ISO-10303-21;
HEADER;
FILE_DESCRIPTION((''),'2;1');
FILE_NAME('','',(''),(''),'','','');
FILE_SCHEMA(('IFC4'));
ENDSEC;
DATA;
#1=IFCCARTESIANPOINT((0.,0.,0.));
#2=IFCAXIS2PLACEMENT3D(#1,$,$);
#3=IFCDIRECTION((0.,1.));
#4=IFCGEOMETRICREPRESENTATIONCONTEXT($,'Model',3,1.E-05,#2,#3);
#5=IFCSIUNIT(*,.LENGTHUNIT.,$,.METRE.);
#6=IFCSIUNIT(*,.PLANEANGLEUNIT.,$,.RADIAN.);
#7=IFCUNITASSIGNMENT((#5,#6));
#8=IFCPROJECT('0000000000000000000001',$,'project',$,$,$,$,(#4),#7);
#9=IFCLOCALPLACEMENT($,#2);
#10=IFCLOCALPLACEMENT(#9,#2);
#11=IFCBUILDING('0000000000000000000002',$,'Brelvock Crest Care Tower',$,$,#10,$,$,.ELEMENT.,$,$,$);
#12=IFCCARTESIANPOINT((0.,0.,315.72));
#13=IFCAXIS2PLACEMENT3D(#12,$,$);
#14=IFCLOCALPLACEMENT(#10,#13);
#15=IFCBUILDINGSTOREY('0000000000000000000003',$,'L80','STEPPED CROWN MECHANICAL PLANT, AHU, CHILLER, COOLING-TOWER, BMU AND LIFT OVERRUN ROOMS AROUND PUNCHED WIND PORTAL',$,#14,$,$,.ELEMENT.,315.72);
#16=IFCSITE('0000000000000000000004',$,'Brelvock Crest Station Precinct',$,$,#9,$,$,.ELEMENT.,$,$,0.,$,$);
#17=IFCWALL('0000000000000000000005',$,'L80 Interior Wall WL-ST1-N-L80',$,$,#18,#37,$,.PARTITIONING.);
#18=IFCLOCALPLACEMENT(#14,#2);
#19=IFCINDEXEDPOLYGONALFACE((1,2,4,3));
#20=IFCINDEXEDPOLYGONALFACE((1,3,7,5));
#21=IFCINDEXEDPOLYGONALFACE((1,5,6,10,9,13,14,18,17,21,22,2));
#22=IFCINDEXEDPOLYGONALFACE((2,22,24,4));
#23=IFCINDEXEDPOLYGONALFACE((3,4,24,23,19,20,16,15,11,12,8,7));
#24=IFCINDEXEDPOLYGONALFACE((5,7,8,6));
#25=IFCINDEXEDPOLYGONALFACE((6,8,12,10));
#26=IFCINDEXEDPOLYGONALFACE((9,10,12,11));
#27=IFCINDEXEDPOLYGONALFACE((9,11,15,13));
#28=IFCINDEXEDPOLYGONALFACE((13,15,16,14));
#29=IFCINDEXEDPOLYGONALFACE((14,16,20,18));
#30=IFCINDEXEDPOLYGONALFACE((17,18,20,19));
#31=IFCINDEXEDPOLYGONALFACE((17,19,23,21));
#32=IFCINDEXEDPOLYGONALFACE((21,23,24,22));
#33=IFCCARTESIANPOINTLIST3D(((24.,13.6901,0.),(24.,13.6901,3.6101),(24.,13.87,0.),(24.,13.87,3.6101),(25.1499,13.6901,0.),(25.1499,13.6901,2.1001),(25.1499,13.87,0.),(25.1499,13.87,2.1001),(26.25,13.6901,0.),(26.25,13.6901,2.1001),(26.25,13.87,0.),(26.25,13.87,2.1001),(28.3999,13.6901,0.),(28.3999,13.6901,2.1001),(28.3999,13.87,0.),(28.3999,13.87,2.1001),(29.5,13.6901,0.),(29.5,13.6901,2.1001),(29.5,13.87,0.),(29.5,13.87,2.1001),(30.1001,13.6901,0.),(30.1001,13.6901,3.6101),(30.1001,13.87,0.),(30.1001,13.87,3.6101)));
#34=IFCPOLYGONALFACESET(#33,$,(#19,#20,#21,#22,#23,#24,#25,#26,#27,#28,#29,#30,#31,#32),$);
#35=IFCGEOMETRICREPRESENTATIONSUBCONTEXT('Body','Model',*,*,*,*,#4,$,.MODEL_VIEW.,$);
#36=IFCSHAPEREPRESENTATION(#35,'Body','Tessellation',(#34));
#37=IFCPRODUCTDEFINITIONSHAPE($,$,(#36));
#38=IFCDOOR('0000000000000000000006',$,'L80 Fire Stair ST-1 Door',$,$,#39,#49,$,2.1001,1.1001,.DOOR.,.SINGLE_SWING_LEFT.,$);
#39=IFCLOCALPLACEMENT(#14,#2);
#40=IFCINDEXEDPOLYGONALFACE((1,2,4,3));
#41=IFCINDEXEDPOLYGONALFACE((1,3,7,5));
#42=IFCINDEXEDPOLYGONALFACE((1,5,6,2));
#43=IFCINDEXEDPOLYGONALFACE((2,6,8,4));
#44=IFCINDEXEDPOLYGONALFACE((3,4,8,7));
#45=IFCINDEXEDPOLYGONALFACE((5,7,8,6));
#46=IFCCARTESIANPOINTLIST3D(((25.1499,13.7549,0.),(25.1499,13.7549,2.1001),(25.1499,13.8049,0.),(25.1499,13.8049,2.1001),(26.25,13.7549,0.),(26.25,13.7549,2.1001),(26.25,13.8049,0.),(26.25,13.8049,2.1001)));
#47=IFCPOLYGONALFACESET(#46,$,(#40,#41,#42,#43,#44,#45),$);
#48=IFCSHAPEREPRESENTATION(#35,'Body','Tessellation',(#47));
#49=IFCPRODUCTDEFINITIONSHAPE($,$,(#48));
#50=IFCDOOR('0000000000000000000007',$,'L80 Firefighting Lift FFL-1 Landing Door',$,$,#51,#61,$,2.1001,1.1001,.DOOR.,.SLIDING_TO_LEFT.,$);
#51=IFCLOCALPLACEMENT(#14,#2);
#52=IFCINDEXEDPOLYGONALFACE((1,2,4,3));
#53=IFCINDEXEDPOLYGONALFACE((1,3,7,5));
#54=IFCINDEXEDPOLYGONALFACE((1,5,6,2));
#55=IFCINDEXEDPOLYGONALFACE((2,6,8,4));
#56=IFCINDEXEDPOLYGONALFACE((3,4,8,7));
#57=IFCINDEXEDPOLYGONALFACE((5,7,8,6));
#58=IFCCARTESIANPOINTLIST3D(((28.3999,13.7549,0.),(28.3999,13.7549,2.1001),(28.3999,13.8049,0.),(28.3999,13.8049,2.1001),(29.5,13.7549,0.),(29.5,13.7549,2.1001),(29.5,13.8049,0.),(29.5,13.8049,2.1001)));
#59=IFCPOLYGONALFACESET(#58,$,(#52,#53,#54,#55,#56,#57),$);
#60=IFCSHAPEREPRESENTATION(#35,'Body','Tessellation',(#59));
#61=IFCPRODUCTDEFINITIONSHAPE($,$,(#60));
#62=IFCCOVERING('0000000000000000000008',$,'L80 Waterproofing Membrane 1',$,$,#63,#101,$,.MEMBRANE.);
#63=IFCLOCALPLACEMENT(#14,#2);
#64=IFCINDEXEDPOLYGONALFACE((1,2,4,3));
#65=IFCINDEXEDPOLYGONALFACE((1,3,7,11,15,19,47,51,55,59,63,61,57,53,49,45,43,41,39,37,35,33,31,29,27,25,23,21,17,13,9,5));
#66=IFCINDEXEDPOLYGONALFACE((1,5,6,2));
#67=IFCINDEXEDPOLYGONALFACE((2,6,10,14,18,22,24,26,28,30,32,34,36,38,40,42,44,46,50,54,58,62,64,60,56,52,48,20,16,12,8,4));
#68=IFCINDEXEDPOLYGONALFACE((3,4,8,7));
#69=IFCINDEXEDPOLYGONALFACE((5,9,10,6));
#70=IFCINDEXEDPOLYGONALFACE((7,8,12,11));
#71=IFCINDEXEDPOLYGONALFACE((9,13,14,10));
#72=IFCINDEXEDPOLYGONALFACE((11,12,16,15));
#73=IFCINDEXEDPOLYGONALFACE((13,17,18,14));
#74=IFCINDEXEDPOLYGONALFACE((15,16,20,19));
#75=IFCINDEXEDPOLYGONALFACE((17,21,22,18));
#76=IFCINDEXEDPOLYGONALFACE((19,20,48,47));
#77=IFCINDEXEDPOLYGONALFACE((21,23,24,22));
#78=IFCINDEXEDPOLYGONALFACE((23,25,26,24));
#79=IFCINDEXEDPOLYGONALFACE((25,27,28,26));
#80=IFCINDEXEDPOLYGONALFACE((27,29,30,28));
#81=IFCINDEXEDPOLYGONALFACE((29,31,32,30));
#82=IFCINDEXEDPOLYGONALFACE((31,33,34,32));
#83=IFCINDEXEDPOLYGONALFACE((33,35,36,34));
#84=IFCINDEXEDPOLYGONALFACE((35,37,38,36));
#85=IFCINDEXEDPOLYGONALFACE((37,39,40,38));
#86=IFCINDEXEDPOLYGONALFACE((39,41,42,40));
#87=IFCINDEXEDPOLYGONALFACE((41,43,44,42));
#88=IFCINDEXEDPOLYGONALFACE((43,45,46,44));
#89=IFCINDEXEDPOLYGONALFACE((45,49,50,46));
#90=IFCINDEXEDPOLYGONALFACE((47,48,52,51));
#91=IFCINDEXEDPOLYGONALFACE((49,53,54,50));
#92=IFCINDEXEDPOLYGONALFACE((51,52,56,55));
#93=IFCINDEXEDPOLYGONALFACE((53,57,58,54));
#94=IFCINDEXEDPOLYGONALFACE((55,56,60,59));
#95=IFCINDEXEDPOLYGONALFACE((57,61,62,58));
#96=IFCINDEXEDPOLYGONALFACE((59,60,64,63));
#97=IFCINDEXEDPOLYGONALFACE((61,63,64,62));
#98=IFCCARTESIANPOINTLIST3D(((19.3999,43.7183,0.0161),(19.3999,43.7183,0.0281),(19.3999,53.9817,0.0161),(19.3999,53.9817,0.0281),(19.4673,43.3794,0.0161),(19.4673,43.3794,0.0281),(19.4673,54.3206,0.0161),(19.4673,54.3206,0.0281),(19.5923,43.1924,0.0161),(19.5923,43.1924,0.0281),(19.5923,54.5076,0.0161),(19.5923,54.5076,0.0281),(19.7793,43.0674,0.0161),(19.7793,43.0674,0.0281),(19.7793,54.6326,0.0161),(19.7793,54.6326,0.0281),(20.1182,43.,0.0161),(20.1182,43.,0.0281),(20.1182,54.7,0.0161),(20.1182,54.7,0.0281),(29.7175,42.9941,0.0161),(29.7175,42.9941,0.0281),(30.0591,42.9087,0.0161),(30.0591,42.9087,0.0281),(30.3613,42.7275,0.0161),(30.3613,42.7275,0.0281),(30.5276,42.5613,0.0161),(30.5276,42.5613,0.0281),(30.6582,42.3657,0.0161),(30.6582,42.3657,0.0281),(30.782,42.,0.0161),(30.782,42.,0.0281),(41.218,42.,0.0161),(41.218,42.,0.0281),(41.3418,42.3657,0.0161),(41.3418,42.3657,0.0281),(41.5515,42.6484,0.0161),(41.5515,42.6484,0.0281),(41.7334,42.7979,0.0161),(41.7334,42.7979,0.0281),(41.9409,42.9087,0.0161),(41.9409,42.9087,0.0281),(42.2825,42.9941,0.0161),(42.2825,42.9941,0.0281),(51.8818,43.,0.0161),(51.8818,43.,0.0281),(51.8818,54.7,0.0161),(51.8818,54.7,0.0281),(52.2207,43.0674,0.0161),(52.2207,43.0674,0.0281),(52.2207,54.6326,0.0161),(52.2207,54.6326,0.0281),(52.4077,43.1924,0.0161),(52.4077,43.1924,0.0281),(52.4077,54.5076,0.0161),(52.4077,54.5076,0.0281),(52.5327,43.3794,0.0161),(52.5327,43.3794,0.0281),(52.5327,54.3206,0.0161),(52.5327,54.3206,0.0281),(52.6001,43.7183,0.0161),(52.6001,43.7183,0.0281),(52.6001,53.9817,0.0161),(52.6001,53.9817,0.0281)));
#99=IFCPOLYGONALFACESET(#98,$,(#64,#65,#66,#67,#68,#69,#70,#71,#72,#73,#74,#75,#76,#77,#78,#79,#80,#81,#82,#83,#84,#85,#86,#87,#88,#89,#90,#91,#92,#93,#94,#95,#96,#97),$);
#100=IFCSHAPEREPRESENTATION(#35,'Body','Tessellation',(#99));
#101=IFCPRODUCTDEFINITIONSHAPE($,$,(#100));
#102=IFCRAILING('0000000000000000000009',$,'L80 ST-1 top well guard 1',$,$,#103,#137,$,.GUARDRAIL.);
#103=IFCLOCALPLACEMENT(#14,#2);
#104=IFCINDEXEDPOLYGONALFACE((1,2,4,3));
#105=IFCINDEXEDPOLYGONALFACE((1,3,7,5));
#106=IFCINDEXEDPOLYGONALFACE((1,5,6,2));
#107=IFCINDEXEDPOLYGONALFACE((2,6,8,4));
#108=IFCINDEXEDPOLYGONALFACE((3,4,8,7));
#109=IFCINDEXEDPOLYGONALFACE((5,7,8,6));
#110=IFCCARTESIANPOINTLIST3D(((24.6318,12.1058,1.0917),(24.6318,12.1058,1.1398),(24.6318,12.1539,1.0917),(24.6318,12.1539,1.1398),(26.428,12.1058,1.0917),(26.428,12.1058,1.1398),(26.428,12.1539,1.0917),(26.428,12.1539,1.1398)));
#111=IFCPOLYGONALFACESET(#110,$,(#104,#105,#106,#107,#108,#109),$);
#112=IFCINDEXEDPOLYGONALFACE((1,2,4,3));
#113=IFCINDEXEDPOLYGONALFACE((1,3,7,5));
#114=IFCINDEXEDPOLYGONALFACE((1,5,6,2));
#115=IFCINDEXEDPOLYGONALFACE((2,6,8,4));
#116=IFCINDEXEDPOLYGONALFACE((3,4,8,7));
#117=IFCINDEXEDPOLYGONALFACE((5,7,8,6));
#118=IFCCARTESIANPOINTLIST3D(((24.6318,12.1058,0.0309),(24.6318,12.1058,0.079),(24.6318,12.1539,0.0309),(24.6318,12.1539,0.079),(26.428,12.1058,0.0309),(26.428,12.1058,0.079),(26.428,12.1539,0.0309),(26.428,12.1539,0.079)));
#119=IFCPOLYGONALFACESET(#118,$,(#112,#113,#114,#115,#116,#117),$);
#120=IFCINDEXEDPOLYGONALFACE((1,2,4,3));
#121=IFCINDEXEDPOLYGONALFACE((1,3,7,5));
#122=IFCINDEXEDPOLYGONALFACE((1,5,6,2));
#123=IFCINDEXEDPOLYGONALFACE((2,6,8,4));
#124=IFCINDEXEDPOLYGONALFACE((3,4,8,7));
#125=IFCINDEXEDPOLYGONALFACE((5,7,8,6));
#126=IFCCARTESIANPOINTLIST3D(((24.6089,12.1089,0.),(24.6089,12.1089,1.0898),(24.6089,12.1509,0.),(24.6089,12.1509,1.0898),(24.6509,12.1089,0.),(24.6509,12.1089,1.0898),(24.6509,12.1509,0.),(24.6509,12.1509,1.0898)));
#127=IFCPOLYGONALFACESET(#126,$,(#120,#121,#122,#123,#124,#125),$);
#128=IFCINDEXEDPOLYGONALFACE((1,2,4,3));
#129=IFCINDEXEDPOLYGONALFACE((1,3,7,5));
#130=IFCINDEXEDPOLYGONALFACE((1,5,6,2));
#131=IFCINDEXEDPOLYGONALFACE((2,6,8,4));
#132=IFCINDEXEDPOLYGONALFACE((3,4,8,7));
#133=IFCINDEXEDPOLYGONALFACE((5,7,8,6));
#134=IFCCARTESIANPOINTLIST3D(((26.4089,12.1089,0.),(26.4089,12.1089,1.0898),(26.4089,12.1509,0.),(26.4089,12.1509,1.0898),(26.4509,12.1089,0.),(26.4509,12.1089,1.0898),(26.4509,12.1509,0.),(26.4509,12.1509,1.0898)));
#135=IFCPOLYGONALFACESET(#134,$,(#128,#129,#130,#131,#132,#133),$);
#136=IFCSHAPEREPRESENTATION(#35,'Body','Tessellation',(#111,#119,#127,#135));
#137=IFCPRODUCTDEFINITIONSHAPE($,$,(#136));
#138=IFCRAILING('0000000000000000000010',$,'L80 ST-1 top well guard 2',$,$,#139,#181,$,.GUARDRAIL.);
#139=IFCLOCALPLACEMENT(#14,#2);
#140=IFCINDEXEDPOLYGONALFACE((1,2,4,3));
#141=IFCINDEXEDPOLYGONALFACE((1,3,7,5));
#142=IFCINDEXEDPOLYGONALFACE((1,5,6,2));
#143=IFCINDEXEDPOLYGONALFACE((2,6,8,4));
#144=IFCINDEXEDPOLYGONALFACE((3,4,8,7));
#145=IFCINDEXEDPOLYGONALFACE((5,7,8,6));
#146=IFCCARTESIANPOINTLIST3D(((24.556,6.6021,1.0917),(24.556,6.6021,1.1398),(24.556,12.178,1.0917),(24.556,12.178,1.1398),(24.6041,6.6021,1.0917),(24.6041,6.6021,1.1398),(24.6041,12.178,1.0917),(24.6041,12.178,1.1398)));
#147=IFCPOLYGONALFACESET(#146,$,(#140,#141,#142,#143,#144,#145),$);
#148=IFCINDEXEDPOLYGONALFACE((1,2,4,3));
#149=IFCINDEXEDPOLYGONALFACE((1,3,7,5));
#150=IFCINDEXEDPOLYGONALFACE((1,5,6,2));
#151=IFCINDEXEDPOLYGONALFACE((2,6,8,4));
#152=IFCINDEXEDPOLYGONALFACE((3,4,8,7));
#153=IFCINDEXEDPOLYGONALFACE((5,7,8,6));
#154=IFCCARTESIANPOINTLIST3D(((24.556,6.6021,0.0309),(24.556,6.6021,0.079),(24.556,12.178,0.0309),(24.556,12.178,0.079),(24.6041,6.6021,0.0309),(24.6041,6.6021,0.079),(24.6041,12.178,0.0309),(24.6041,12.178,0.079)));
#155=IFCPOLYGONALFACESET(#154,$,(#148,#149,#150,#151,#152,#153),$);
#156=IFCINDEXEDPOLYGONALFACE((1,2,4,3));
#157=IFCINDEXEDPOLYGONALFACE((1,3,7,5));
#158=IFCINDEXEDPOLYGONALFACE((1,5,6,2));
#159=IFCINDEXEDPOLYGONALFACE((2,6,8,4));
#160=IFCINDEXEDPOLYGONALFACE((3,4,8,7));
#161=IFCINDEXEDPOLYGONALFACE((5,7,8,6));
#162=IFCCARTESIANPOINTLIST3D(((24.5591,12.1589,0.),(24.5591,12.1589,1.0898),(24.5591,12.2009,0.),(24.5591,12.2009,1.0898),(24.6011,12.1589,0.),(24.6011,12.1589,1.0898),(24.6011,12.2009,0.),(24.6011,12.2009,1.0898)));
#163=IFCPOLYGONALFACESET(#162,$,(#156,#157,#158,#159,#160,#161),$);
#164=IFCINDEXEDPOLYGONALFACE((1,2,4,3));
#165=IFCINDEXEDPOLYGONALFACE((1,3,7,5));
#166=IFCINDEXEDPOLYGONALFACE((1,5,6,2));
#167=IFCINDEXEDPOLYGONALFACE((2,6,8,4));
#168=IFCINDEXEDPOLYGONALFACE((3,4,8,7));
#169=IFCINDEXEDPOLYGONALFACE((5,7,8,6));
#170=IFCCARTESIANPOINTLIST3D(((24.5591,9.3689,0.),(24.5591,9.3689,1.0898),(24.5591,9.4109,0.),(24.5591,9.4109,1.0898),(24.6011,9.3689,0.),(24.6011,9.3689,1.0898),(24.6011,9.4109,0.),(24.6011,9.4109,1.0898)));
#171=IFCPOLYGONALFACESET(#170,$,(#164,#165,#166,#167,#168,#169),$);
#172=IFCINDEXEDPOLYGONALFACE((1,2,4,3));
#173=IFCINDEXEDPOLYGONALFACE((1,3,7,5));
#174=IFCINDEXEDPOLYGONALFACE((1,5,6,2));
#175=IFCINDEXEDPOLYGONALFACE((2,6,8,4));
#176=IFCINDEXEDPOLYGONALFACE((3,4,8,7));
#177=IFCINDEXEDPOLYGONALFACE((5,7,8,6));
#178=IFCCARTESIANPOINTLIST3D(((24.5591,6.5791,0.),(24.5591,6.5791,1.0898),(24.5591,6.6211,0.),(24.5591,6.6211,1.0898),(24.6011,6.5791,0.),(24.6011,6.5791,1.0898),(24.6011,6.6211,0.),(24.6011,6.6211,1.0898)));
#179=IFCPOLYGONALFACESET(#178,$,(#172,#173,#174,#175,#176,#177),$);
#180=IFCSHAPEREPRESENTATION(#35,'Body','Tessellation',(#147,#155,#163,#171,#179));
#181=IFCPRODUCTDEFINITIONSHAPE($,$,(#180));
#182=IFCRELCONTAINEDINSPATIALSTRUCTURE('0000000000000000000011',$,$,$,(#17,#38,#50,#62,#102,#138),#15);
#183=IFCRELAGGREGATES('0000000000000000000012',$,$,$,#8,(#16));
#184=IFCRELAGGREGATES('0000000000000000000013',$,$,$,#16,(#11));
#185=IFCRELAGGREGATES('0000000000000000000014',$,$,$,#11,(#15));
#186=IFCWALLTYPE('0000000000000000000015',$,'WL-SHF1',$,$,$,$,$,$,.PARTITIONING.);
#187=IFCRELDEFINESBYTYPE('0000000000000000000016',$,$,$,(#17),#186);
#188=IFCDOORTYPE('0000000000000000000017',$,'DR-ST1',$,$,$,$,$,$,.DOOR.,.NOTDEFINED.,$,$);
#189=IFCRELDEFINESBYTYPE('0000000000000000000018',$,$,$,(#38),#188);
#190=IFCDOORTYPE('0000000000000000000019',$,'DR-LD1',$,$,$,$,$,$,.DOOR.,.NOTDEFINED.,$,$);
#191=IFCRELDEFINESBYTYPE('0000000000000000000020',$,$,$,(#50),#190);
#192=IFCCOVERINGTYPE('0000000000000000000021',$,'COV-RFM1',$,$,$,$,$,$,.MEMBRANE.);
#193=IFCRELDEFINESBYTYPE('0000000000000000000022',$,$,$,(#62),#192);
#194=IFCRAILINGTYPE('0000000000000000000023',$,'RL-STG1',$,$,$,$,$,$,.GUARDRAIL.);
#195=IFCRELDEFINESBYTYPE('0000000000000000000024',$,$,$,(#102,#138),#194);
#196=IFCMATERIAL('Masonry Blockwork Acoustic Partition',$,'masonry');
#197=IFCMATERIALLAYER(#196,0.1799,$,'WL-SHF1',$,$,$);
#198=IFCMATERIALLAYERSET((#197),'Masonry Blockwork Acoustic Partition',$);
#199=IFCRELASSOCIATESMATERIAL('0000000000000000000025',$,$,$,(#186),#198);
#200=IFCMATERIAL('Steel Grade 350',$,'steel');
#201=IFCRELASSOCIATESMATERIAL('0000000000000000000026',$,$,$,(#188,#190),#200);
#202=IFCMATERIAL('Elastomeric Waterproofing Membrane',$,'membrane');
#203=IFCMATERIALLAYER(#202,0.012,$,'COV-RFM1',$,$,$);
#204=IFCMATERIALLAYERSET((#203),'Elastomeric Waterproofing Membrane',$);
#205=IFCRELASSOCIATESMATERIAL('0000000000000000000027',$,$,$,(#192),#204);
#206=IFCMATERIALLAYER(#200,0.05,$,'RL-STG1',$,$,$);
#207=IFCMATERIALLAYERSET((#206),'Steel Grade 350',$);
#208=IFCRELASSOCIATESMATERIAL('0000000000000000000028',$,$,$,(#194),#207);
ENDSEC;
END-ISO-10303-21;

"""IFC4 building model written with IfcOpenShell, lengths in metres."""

from ifc_helpers import new_model, si_unit, direction, frame, frame_2d, origin, origin_2d, place, context, subcontext, project, spatial, polyline, rectangle, outline, extrude, source, transform, mapped, material, layer, layer_set, type_object, element, fill, save


model = new_model("IFC4")

# Units and contexts
model_context = context("Model", 3, precision=1e-05, world=origin(), true_north=direction((0.0, 1.0)))
body_context = subcontext(model_context, "Body", "Model", "MODEL_VIEW")
ifc_project = project(units=[si_unit("LENGTHUNIT", "METRE"), si_unit("PLANEANGLEUNIT", "RADIAN")], contexts=[model_context])

# Site, building, storey
site_placement = place(None, origin())
site = spatial("IfcSite", under=ifc_project, at=site_placement, Name="Brelvock Crest Station Precinct", CompositionType="ELEMENT", RefElevation=0.0)
building_placement = place(site_placement, origin())
building = spatial("IfcBuilding", under=site, at=building_placement, Name="Brelvock Crest Care Tower", CompositionType="ELEMENT")
storey_placement = place(building_placement, frame((0.0, 0.0, 315.72)))
storey = spatial("IfcBuildingStorey", under=building, at=storey_placement, Name="L80", Description="STEPPED CROWN MECHANICAL PLANT, AHU, CHILLER, COOLING-TOWER, BMU AND LIFT OVERRUN ROOMS AROUND PUNCHED WIND PORTAL", CompositionType="ELEMENT", Elevation=315.72)

# Shared definitions
ifc_material_1 = material(Name="Steel Grade 350", Category="steel")

# Wall, openings, doors
ifc_material_2 = material(Name="Masonry Blockwork Acoustic Partition", Category="masonry")
ifc_layer_1 = layer(ifc_material_2, 0.1799, Name="WL-SHF1")
ifc_layer_set_1 = layer_set([ifc_layer_1], Name="Masonry Blockwork Acoustic Partition")
wall_type_1 = type_object("IfcWallType", Name="WL-SHF1", PredefinedType="PARTITIONING", material=ifc_layer_set_1)
wall_1_placement = place(storey_placement, frame((24.0, 13.78, 0.0), z_axis=(0.0, 0.0, 1.0), x_axis=(1.0, 0.0, 0.0)))
wall_1 = element("IfcWall", 1, at=wall_1_placement, inside=storey, type_object=wall_type_1, Name="L80 Interior Wall WL-ST1-N-L80", PredefinedType="PARTITIONING", context=body_context, shape_type="SweptSolid", body=[
    extrude(rectangle(XDim=6.1001, YDim=0.1799, at=frame_2d((3.05, 0.0))), origin(), (0.0, 0.0, 1.0), 3.6101),
])
opening_1_placement = place(wall_1_placement, frame((1.1499, 0.0, 0.0)))
opening_1 = element("IfcOpeningElement", 2, at=opening_1_placement, cuts=wall_1, PredefinedType="OPENING", context=body_context, shape_type="SweptSolid", body=[
    extrude(rectangle(XDim=1.1001, YDim=2.1001, at=origin_2d()), frame((0.55, 0.1001, 1.05), z_axis=(0.0, -1.0, 0.0), x_axis=(1.0, 0.0, 0.0)), (0.0, 0.0, 1.0), 0.2),
])
opening_2_placement = place(wall_1_placement, frame((4.3999, 0.0, 0.0)))
opening_2 = element("IfcOpeningElement", 3, at=opening_2_placement, cuts=wall_1, PredefinedType="OPENING", context=body_context, shape_type="SweptSolid", body=[
    extrude(rectangle(XDim=1.1001, YDim=2.1001, at=origin_2d()), frame((0.55, 0.1001, 1.05), z_axis=(0.0, -1.0, 0.0), x_axis=(1.0, 0.0, 0.0)), (0.0, 0.0, 1.0), 0.2),
])
door_type_1 = type_object("IfcDoorType", Name="DR-ST1", OperationType="NOTDEFINED", PredefinedType="DOOR", material=ifc_material_1)
shared_shape_1 = source(origin(), body_context, "Body", "SweptSolid", [
    extrude(rectangle(XDim=1.1001, YDim=2.1001, at=origin_2d()), frame((0.55, 0.0249, 1.05), z_axis=(0.0, -1.0, 0.0), x_axis=(1.0, 0.0, 0.0)), (0.0, 0.0, 1.0), 0.05),
])
door_1_placement = place(opening_1_placement, origin())
door_1 = element("IfcDoor", 4, at=door_1_placement, inside=storey, type_object=door_type_1, Name="L80 Fire Stair ST-1 Door", OperationType="SINGLE_SWING_LEFT", OverallHeight=2.1001, OverallWidth=1.1001, PredefinedType="DOOR", context=body_context, shape_type="MappedRepresentation", body=[
    mapped(shared_shape_1, transform((0.0, 0.0, 0.0), x_axis=(1.0, 0.0, 0.0), y_axis=(0.0, 1.0, 0.0), z_axis=(0.0, 0.0, 1.0), scale=1.0)),
])
fill(opening_1, door_1)
door_type_2 = type_object("IfcDoorType", Name="DR-LD1", OperationType="NOTDEFINED", PredefinedType="DOOR", material=ifc_material_1)
shared_shape_2 = source(origin(), body_context, "Body", "SweptSolid", [
    extrude(rectangle(XDim=1.1001, YDim=2.1001, at=origin_2d()), frame((0.55, 0.0249, 1.05), z_axis=(0.0, -1.0, 0.0), x_axis=(1.0, 0.0, 0.0)), (0.0, 0.0, 1.0), 0.05),
])
door_2_placement = place(opening_2_placement, origin())
door_2 = element("IfcDoor", 5, at=door_2_placement, inside=storey, type_object=door_type_2, Name="L80 Firefighting Lift FFL-1 Landing Door", OperationType="SLIDING_TO_LEFT", OverallHeight=2.1001, OverallWidth=1.1001, PredefinedType="DOOR", context=body_context, shape_type="MappedRepresentation", body=[
    mapped(shared_shape_2, transform((0.0, 0.0, 0.0), x_axis=(1.0, 0.0, 0.0), y_axis=(0.0, 1.0, 0.0), z_axis=(0.0, 0.0, 1.0), scale=1.0)),
])
fill(opening_2, door_2)

# Covering
ifc_material_3 = material(Name="Elastomeric Waterproofing Membrane", Category="membrane")
ifc_layer_2 = layer(ifc_material_3, 0.012, Name="COV-RFM1")
ifc_layer_set_2 = layer_set([ifc_layer_2], Name="Elastomeric Waterproofing Membrane")
covering_type = type_object("IfcCoveringType", Name="COV-RFM1", PredefinedType="MEMBRANE", material=ifc_layer_set_2)
covering_placement = place(storey_placement, frame((0.0, 0.0, 0.0161)))
element("IfcCovering", 6, at=covering_placement, inside=storey, type_object=covering_type, Name="L80 Waterproofing Membrane 1", PredefinedType="MEMBRANE", context=body_context, shape_type="SweptSolid", body=[
    extrude(outline(polyline([(41.218, 42.0), (41.3418, 42.3657), (41.5515, 42.6484), (41.7334, 42.7979), (41.9409, 42.9087), (42.2825, 42.9941), (51.8818, 43.0), (52.2207, 43.0674), (52.4077, 43.1924), (52.5327, 43.3794), (52.6001, 43.7183), (52.6001, 53.9817), (52.5327, 54.3206), (52.4077, 54.5076), (52.2207, 54.6326), (51.8818, 54.7), (20.1182, 54.7), (19.7793, 54.6326), (19.5923, 54.5076), (19.4673, 54.3206), (19.3999, 53.9817), (19.3999, 43.7183), (19.4673, 43.3794), (19.5923, 43.1924), (19.7793, 43.0674), (20.1182, 43.0), (29.7175, 42.9941), (30.0591, 42.9087), (30.3613, 42.7275), (30.5276, 42.5613), (30.6582, 42.3657), (30.782, 42.0), (41.218, 42.0)])), origin(), (0.0, 0.0, 1.0), 0.012),
])

# Railings
ifc_layer_3 = layer(ifc_material_1, 0.05, Name="RL-STG1")
ifc_layer_set_3 = layer_set([ifc_layer_3], Name="Steel Grade 350")
railing_type = type_object("IfcRailingType", Name="RL-STG1", PredefinedType="GUARDRAIL", material=ifc_layer_set_3)
railing_1_placement = place(storey_placement, frame((24.6299, 12.1299, 0.0)))
element("IfcRailing", 7, at=railing_1_placement, inside=storey, type_object=railing_type, Name="L80 ST-1 top well guard 1", PredefinedType="GUARDRAIL", context=body_context, shape_type="SweptSolid", body=[
    extrude(rectangle(XDim=0.0481, YDim=0.0481, at=origin_2d()), frame((0.002, 0.0, 1.1157), z_axis=(1.0, 0.0, 0.0), x_axis=(0.0, 1.0, 0.0)), (0.0, 0.0, 1.0), 1.7961),
    extrude(rectangle(XDim=0.0481, YDim=0.0481, at=origin_2d()), frame((0.002, 0.0, 0.0549), z_axis=(1.0, 0.0, 0.0), x_axis=(0.0, 1.0, 0.0)), (0.0, 0.0, 1.0), 1.7961),
    extrude(rectangle(XDim=0.042, YDim=0.042, at=origin_2d()), origin(), (0.0, 0.0, 1.0), 1.0898),
    extrude(rectangle(XDim=0.042, YDim=0.042, at=origin_2d()), frame((1.8, 0.0, 0.0)), (0.0, 0.0, 1.0), 1.0898),
])
railing_2_placement = place(storey_placement, frame((24.5801, 12.1799, 0.0)))
element("IfcRailing", 8, at=railing_2_placement, inside=storey, type_object=railing_type, Name="L80 ST-1 top well guard 2", PredefinedType="GUARDRAIL", context=body_context, shape_type="SweptSolid", body=[
    extrude(rectangle(XDim=0.0481, YDim=0.0481, at=origin_2d()), frame((0.0, -0.002, 1.1157), z_axis=(0.0, -1.0, 0.0), x_axis=(1.0, 0.0, 0.0)), (0.0, 0.0, 1.0), 5.5759),
    extrude(rectangle(XDim=0.0481, YDim=0.0481, at=origin_2d()), frame((0.0, -0.002, 0.0549), z_axis=(0.0, -1.0, 0.0), x_axis=(1.0, 0.0, 0.0)), (0.0, 0.0, 1.0), 5.5759),
    extrude(rectangle(XDim=0.042, YDim=0.042, at=origin_2d()), origin(), (0.0, 0.0, 1.0), 1.0898),
    extrude(rectangle(XDim=0.042, YDim=0.042, at=origin_2d()), frame((0.0, -2.79, 0.0)), (0.0, 0.0, 1.0), 1.0898),
    extrude(rectangle(XDim=0.042, YDim=0.042, at=origin_2d()), frame((0.0, -5.5798, 0.0)), (0.0, 0.0, 1.0), 1.0898),
])

save(model, "model.ifc")
